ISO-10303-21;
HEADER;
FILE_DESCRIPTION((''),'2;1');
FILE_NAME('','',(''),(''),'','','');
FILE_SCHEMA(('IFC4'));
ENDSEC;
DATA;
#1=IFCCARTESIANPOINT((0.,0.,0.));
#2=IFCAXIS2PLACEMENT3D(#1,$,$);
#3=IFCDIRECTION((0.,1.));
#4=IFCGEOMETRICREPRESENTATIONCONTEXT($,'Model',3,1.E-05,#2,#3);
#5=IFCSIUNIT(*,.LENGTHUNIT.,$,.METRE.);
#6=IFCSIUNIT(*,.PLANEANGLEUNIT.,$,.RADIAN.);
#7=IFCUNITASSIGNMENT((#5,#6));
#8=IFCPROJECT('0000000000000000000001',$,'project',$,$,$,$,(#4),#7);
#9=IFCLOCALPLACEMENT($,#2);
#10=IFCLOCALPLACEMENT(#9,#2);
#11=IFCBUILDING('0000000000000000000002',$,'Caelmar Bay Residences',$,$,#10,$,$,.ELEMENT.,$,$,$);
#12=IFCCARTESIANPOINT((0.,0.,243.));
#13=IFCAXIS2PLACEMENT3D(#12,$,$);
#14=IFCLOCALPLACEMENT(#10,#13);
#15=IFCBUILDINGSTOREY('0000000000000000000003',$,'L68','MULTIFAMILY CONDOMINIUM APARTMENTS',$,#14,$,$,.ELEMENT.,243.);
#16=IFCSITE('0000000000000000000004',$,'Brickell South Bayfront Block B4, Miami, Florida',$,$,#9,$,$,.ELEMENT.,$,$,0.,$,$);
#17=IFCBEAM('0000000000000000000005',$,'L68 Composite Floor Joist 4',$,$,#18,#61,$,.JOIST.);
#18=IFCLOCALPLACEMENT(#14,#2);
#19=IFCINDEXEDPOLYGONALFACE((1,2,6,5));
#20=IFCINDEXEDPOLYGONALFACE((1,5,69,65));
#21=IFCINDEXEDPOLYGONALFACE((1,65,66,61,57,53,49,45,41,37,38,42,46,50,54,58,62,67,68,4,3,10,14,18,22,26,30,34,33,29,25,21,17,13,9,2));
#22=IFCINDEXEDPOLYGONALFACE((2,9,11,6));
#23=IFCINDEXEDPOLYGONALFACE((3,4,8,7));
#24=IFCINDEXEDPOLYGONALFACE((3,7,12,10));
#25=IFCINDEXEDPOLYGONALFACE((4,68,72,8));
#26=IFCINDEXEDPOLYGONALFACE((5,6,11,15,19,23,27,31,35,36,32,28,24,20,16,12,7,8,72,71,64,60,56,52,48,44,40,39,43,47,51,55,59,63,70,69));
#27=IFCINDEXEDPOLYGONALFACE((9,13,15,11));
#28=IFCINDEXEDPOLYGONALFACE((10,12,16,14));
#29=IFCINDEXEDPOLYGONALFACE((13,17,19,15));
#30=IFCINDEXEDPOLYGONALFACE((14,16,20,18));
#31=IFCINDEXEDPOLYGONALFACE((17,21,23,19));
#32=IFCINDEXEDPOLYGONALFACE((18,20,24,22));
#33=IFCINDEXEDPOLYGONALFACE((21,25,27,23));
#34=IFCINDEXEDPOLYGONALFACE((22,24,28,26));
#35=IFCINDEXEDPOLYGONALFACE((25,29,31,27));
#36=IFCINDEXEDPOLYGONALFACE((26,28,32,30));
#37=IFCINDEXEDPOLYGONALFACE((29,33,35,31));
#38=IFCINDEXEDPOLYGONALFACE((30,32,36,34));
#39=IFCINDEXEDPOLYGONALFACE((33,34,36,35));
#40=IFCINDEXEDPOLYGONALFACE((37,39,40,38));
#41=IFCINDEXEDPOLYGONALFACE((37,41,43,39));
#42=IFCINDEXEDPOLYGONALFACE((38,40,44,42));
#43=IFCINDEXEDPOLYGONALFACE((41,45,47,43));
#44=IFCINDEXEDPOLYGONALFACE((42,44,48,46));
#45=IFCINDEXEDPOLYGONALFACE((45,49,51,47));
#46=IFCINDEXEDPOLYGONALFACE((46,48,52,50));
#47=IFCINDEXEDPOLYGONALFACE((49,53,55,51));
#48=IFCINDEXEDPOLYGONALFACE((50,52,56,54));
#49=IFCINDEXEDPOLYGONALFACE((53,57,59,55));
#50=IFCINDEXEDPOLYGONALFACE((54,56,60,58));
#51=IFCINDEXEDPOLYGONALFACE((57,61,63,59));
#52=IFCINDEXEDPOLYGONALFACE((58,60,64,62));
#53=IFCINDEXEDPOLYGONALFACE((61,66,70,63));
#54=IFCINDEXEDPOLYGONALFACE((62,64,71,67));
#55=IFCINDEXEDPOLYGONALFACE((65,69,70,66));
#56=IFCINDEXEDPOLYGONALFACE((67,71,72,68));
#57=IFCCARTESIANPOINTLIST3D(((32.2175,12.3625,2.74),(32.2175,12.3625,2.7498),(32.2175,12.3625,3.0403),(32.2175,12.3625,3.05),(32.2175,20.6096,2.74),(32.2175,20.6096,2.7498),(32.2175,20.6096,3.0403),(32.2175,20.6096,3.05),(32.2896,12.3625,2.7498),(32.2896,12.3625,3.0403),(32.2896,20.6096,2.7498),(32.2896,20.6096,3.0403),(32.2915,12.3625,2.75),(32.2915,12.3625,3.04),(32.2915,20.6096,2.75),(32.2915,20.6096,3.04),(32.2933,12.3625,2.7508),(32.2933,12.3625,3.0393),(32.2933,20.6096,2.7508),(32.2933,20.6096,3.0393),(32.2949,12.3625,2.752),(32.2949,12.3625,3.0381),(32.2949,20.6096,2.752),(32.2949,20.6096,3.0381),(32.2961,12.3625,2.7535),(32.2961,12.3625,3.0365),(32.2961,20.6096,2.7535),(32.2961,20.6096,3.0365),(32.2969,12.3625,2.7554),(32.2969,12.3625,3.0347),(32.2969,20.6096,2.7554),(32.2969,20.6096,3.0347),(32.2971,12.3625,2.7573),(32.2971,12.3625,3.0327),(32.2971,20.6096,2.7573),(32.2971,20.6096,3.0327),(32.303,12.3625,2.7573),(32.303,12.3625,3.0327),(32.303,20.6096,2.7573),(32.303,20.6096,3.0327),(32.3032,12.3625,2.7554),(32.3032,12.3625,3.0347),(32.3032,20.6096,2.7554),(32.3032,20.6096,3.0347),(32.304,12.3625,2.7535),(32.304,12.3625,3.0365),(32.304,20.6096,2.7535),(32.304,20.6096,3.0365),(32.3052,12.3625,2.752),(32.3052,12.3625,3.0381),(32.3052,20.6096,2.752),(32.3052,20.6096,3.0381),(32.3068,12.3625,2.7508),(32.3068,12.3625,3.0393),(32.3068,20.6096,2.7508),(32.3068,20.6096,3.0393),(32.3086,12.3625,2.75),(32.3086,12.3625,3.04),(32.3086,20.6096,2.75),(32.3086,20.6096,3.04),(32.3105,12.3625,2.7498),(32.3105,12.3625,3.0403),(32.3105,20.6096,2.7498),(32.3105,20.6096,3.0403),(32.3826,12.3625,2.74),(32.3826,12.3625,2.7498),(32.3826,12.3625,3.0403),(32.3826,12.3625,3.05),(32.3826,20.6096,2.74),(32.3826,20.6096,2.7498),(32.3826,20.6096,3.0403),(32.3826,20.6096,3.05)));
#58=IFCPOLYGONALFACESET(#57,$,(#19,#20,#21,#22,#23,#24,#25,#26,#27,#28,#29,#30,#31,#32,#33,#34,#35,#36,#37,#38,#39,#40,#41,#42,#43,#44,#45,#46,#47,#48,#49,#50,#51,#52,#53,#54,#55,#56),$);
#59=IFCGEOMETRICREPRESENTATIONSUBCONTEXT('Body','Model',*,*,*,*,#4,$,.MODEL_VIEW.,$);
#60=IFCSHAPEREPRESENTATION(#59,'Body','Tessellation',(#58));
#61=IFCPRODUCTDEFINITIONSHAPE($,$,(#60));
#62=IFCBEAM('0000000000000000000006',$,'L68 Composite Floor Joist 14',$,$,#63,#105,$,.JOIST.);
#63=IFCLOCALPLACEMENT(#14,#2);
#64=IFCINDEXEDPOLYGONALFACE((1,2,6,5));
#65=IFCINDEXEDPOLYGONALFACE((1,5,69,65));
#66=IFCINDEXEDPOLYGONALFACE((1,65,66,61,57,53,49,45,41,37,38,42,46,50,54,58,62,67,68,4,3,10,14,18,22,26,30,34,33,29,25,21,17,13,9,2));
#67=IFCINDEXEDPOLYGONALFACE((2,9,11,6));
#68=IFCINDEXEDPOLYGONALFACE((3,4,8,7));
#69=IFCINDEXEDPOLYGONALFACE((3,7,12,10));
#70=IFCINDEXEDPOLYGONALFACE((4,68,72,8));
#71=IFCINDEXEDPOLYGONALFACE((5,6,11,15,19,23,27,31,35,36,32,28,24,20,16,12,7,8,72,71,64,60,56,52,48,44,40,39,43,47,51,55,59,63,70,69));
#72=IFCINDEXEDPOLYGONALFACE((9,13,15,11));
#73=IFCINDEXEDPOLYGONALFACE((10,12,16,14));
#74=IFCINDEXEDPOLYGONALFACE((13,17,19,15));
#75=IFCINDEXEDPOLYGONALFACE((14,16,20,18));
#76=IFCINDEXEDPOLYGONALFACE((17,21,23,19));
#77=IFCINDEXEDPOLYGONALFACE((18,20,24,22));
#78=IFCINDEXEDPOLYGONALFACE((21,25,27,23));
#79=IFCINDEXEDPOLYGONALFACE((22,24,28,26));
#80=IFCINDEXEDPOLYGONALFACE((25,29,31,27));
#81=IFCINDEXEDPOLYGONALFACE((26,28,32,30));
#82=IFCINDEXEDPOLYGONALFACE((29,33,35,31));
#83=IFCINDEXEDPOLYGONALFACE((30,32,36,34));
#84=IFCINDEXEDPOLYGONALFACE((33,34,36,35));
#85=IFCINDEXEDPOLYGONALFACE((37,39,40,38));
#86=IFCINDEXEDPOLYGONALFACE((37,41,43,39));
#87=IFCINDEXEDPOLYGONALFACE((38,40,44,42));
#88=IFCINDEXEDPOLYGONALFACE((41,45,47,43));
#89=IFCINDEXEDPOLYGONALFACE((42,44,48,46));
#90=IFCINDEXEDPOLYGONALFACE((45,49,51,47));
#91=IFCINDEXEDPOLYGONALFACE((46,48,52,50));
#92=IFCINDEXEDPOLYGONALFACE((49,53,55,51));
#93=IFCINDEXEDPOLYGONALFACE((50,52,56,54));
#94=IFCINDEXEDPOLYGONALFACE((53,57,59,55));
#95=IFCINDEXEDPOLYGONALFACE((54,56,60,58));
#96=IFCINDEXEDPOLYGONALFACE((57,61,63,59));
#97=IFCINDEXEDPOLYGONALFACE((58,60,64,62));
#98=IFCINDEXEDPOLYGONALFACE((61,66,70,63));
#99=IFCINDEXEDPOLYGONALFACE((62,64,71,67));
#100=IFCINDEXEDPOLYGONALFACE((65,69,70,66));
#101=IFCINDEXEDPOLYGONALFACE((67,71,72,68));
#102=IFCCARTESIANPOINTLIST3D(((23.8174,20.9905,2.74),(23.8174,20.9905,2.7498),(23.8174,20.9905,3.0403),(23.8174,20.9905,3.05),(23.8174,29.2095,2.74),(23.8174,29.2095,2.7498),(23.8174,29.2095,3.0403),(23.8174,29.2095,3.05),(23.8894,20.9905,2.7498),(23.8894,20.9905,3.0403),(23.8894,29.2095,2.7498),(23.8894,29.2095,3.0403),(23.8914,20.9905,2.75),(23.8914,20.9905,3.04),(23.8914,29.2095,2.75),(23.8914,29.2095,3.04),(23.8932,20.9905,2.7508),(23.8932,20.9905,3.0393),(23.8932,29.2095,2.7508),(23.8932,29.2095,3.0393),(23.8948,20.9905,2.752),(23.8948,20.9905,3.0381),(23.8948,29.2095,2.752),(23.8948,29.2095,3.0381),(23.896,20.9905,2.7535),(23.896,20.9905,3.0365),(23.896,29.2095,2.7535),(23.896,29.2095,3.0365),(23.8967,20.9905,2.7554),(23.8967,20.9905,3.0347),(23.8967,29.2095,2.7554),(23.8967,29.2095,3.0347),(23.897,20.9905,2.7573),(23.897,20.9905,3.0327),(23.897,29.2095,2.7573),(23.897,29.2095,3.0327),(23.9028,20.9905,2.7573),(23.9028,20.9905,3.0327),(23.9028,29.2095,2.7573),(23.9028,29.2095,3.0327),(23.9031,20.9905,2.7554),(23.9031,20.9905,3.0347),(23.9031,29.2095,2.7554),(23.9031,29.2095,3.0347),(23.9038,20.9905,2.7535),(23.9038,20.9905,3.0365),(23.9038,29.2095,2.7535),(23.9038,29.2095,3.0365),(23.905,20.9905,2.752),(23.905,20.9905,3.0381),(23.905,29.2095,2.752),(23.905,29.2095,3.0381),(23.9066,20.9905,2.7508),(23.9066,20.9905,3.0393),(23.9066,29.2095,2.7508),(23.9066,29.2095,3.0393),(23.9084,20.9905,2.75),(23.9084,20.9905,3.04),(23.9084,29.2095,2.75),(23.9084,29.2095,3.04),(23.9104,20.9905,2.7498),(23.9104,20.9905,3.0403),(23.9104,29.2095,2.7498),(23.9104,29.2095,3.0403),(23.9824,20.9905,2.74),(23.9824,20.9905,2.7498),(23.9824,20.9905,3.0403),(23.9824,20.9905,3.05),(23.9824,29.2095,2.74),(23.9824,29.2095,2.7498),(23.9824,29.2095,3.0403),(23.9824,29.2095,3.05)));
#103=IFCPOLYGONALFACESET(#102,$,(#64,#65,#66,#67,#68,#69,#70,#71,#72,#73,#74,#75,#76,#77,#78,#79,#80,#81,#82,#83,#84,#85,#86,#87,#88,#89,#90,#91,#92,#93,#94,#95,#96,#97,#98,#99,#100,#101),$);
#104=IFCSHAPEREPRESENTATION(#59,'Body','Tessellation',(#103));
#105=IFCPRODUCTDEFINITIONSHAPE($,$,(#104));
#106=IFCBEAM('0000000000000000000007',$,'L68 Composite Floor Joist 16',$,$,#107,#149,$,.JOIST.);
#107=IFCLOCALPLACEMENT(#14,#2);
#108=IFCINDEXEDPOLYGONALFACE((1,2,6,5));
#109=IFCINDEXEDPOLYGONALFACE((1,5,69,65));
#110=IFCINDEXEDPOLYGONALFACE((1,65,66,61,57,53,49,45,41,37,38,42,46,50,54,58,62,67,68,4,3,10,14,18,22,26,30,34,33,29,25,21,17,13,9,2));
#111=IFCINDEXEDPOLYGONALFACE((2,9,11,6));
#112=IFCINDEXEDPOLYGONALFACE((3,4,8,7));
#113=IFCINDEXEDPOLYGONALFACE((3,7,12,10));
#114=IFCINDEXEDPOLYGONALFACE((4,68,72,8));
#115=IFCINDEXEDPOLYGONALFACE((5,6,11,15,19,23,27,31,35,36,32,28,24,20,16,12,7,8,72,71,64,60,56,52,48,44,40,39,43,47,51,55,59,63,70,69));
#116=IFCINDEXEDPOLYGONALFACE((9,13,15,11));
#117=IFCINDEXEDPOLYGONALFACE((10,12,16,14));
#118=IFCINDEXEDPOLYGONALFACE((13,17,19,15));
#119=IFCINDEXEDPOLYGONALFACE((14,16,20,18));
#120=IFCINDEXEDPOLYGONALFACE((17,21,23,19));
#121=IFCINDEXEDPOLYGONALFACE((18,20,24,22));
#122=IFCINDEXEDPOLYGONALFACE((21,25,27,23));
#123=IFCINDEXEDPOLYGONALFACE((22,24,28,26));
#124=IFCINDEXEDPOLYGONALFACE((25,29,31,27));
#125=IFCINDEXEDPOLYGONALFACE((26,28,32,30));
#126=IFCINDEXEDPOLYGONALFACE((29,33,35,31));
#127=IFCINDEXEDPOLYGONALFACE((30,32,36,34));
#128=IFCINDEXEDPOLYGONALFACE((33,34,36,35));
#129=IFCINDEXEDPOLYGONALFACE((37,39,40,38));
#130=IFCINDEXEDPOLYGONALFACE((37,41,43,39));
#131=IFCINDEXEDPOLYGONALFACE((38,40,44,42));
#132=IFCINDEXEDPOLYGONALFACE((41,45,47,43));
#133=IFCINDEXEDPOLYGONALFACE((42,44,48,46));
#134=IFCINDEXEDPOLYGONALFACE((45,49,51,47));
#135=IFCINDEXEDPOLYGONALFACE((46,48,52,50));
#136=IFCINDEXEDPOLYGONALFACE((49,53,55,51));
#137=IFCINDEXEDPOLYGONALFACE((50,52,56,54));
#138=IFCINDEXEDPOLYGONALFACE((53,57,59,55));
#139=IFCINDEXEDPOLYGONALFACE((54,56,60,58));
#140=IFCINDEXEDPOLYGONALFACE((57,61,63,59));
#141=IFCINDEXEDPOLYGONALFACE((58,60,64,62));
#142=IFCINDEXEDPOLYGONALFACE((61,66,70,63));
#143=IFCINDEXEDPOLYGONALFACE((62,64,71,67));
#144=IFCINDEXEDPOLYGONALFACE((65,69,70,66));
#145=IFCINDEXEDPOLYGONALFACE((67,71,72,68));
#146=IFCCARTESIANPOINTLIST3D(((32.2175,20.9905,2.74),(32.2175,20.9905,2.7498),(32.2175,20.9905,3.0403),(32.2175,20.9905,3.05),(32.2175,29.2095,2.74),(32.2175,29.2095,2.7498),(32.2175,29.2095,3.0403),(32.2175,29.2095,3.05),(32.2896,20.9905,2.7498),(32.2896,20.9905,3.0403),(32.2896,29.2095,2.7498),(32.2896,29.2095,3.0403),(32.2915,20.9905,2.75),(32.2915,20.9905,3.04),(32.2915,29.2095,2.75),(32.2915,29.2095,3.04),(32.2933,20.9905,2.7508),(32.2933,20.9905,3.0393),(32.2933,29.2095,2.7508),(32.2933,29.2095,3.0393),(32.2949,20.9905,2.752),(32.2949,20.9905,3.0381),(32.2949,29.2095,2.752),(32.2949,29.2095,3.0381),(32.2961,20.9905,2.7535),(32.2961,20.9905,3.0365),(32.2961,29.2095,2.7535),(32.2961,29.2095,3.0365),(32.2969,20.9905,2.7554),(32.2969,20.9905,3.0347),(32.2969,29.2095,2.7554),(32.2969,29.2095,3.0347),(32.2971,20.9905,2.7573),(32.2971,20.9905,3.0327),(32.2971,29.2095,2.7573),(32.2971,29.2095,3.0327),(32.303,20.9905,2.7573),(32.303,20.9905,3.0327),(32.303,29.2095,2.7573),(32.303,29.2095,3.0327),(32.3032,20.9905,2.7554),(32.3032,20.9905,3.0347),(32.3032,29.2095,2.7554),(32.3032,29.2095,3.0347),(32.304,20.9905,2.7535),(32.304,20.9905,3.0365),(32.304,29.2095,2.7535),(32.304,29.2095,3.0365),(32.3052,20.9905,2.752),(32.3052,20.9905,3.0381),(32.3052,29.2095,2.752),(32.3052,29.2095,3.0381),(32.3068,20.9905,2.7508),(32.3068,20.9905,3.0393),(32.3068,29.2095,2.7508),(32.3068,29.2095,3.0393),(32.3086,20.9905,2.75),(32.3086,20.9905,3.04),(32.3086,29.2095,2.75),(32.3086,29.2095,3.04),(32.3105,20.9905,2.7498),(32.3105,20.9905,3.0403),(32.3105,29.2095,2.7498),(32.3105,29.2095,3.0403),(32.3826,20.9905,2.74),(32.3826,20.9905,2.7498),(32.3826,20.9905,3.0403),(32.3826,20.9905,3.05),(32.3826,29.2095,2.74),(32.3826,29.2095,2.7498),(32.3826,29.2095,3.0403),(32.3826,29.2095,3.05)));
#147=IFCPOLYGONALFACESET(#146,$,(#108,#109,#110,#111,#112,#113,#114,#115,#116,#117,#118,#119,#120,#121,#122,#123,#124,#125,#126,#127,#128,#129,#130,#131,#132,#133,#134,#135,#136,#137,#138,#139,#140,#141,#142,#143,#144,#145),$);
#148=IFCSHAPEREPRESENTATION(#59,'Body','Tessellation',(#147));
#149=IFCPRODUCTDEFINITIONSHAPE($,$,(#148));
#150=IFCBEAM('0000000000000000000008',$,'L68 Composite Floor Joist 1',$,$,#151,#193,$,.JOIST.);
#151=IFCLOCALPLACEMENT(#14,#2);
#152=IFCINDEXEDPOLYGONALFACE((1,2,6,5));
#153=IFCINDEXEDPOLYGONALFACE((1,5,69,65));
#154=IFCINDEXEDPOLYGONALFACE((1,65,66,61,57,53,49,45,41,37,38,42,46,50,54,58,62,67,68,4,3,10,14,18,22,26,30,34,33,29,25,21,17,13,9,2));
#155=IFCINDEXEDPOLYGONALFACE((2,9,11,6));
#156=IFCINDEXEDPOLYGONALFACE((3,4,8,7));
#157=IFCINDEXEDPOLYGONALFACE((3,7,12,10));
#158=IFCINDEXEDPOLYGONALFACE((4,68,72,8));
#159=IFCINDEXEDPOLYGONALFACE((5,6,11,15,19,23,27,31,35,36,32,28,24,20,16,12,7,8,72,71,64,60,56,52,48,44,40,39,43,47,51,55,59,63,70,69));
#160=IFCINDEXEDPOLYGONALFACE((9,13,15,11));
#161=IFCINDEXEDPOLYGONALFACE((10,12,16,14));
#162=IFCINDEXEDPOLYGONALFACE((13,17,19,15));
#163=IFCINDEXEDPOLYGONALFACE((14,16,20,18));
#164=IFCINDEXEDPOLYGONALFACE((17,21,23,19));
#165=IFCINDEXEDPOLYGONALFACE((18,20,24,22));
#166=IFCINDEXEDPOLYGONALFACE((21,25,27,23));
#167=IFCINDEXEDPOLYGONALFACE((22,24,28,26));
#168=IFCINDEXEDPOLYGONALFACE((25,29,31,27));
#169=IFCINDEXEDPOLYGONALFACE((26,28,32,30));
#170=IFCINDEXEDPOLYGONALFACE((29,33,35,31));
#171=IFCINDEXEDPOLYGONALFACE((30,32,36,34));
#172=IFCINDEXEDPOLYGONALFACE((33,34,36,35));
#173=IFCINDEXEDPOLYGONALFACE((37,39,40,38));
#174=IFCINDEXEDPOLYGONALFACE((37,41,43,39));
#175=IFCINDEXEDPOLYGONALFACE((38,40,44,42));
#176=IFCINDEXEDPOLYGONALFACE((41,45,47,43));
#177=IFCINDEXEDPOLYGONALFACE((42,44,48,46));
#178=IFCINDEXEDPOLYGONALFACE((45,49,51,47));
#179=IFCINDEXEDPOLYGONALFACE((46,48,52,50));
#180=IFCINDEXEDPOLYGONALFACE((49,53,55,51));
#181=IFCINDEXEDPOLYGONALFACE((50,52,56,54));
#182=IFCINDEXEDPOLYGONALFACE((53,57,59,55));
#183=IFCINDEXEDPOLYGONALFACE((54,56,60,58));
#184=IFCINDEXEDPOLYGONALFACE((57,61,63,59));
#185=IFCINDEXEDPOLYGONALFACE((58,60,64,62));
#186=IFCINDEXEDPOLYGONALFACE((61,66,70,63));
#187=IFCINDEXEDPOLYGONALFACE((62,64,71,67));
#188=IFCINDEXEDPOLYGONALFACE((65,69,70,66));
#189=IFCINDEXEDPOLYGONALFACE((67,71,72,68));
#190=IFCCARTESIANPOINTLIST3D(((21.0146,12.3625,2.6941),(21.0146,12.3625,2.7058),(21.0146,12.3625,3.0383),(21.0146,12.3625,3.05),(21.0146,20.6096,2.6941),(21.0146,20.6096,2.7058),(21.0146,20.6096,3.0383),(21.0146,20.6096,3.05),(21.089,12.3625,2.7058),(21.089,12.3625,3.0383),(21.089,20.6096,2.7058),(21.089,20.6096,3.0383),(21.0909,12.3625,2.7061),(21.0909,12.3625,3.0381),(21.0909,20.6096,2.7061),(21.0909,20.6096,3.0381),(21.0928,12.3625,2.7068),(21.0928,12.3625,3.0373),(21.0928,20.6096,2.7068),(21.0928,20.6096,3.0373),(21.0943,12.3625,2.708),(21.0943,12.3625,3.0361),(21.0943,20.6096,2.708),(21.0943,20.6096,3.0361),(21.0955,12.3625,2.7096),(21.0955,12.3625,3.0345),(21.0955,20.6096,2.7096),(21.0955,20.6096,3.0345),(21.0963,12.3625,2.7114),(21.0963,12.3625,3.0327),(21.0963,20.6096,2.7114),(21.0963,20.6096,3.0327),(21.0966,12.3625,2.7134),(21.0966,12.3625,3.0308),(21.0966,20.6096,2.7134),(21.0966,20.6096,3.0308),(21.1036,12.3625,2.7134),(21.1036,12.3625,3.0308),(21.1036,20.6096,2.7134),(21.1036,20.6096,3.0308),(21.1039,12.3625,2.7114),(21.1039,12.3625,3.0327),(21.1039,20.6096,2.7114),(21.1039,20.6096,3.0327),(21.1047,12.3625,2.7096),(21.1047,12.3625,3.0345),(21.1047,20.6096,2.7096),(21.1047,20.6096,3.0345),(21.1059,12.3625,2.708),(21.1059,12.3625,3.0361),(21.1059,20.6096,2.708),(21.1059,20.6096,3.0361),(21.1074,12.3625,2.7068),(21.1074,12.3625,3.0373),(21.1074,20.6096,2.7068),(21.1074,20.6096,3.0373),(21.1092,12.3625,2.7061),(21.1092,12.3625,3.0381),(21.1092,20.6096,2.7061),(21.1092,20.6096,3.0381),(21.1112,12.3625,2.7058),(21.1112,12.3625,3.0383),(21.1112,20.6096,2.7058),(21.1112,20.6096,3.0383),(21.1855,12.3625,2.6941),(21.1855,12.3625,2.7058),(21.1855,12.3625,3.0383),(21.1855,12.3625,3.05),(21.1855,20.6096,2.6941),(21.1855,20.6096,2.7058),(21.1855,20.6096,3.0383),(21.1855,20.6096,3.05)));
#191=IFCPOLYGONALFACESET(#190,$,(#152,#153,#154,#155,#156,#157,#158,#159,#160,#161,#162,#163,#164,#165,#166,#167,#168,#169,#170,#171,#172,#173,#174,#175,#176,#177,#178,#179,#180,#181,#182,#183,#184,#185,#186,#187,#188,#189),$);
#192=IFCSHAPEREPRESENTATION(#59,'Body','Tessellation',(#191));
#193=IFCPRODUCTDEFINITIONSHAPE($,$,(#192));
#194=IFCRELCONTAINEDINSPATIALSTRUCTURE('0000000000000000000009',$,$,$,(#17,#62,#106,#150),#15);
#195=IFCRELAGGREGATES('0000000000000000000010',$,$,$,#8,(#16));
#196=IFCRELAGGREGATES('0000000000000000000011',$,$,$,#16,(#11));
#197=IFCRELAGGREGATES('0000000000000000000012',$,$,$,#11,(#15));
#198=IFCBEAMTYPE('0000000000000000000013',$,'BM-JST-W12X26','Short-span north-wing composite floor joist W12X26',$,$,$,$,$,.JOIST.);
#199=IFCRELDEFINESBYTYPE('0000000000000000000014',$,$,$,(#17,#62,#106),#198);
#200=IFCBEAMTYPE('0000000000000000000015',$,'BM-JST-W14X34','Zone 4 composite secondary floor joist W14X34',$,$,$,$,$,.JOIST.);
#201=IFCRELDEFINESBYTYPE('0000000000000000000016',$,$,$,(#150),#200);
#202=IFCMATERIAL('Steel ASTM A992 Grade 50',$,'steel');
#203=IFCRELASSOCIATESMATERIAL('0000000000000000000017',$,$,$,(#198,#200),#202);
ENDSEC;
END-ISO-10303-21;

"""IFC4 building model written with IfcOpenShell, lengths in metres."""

from ifc_helpers import new_model, si_unit, direction, frame, origin, origin_2d, place, context, subcontext, project, spatial, i_section, extrude, material, material_profile, profile_set, type_object, element, save


model = new_model("IFC4")

# Units and contexts
model_context = context("Model", 3, precision=1e-05, world=origin(), true_north=direction((0.0, 1.0)))
body_context = subcontext(model_context, "Body", "Model", "MODEL_VIEW")
ifc_project = project(units=[si_unit("LENGTHUNIT", "METRE"), si_unit("PLANEANGLEUNIT", "RADIAN")], contexts=[model_context])

# Site, building, storey
site_placement = place(None, origin())
site = spatial("IfcSite", under=ifc_project, at=site_placement, Name="Brickell South Bayfront Block B4, Miami, Florida", CompositionType="ELEMENT", RefElevation=0.0)
building_placement = place(site_placement, origin())
building = spatial("IfcBuilding", under=site, at=building_placement, Name="Caelmar Bay Residences", CompositionType="ELEMENT")
storey_placement = place(building_placement, frame((0.0, 0.0, 243.0)))
storey = spatial("IfcBuildingStorey", under=building, at=storey_placement, Name="L68", Description="MULTIFAMILY CONDOMINIUM APARTMENTS", CompositionType="ELEMENT", Elevation=243.0)

# Beams
ifc_material_1 = material(Name="Steel ASTM A992 Grade 50", Category="steel")
ifc_material_profile_1 = material_profile(ifc_material_1, i_section(OverallWidth=0.165, OverallDepth=0.3101, WebThickness=0.0059, FlangeThickness=0.0098, FilletRadius=0.0076, at=origin_2d()), Name="W12X26")
ifc_profile_set_1 = profile_set([ifc_material_profile_1], Name="Steel ASTM A992 Grade 50")
beam_type_1 = type_object("IfcBeamType", Name="BM-JST-W12X26", Description="Short-span north-wing composite floor joist W12X26", PredefinedType="JOIST", material=ifc_profile_set_1)
for number, where, z_axis, x_axis, name in (
    (1, (32.3, 12.3625, 2.895), (0.0, 1.0, 0.0), (-1.0, 0.0, 0.0), "L68 Composite Floor Joist 4"),
):
    element("IfcBeam", number, at=place(storey_placement, frame(where, z_axis=z_axis, x_axis=x_axis)), inside=storey, type_object=beam_type_1, Name=name, PredefinedType="JOIST", context=body_context, shape_type="SweptSolid", body=[
        extrude(i_section(OverallWidth=0.165, OverallDepth=0.3101, WebThickness=0.0059, FlangeThickness=0.0098, FilletRadius=0.0076, at=origin_2d()), origin(), (0.0, 0.0, 1.0), 8.2471),
    ])
for number, where, z_axis, x_axis, name in (
    (2, (23.8999, 20.9905, 2.895), (0.0, 1.0, 0.0), (-1.0, 0.0, 0.0), "L68 Composite Floor Joist 14"),
    (3, (32.3, 20.9905, 2.895), (0.0, 1.0, 0.0), (-1.0, 0.0, 0.0), "L68 Composite Floor Joist 16"),
):
    element("IfcBeam", number, at=place(storey_placement, frame(where, z_axis=z_axis, x_axis=x_axis)), inside=storey, type_object=beam_type_1, Name=name, PredefinedType="JOIST", context=body_context, shape_type="SweptSolid", body=[
        extrude(i_section(OverallWidth=0.165, OverallDepth=0.3101, WebThickness=0.0059, FlangeThickness=0.0098, FilletRadius=0.0076, at=origin_2d()), origin(), (0.0, 0.0, 1.0), 8.219),
    ])
ifc_material_profile_2 = material_profile(ifc_material_1, i_section(OverallWidth=0.1709, OverallDepth=0.356, WebThickness=0.0071, FlangeThickness=0.0117, FilletRadius=0.0076, at=origin_2d()), Name="W14X34")
ifc_profile_set_2 = profile_set([ifc_material_profile_2], Name="Steel ASTM A992 Grade 50")
beam_type_2 = type_object("IfcBeamType", Name="BM-JST-W14X34", Description="Zone 4 composite secondary floor joist W14X34", PredefinedType="JOIST", material=ifc_profile_set_2)
for number, where, z_axis, x_axis, name in (
    (4, (21.1001, 12.3625, 2.8721), (0.0, 1.0, 0.0), (-1.0, 0.0, 0.0), "L68 Composite Floor Joist 1"),
):
    element("IfcBeam", number, at=place(storey_placement, frame(where, z_axis=z_axis, x_axis=x_axis)), inside=storey, type_object=beam_type_2, Name=name, PredefinedType="JOIST", context=body_context, shape_type="SweptSolid", body=[
        extrude(i_section(OverallWidth=0.1709, OverallDepth=0.356, WebThickness=0.0071, FlangeThickness=0.0117, FilletRadius=0.0076, at=origin_2d()), origin(), (0.0, 0.0, 1.0), 8.2471),
    ])

save(model, "model.ifc")
